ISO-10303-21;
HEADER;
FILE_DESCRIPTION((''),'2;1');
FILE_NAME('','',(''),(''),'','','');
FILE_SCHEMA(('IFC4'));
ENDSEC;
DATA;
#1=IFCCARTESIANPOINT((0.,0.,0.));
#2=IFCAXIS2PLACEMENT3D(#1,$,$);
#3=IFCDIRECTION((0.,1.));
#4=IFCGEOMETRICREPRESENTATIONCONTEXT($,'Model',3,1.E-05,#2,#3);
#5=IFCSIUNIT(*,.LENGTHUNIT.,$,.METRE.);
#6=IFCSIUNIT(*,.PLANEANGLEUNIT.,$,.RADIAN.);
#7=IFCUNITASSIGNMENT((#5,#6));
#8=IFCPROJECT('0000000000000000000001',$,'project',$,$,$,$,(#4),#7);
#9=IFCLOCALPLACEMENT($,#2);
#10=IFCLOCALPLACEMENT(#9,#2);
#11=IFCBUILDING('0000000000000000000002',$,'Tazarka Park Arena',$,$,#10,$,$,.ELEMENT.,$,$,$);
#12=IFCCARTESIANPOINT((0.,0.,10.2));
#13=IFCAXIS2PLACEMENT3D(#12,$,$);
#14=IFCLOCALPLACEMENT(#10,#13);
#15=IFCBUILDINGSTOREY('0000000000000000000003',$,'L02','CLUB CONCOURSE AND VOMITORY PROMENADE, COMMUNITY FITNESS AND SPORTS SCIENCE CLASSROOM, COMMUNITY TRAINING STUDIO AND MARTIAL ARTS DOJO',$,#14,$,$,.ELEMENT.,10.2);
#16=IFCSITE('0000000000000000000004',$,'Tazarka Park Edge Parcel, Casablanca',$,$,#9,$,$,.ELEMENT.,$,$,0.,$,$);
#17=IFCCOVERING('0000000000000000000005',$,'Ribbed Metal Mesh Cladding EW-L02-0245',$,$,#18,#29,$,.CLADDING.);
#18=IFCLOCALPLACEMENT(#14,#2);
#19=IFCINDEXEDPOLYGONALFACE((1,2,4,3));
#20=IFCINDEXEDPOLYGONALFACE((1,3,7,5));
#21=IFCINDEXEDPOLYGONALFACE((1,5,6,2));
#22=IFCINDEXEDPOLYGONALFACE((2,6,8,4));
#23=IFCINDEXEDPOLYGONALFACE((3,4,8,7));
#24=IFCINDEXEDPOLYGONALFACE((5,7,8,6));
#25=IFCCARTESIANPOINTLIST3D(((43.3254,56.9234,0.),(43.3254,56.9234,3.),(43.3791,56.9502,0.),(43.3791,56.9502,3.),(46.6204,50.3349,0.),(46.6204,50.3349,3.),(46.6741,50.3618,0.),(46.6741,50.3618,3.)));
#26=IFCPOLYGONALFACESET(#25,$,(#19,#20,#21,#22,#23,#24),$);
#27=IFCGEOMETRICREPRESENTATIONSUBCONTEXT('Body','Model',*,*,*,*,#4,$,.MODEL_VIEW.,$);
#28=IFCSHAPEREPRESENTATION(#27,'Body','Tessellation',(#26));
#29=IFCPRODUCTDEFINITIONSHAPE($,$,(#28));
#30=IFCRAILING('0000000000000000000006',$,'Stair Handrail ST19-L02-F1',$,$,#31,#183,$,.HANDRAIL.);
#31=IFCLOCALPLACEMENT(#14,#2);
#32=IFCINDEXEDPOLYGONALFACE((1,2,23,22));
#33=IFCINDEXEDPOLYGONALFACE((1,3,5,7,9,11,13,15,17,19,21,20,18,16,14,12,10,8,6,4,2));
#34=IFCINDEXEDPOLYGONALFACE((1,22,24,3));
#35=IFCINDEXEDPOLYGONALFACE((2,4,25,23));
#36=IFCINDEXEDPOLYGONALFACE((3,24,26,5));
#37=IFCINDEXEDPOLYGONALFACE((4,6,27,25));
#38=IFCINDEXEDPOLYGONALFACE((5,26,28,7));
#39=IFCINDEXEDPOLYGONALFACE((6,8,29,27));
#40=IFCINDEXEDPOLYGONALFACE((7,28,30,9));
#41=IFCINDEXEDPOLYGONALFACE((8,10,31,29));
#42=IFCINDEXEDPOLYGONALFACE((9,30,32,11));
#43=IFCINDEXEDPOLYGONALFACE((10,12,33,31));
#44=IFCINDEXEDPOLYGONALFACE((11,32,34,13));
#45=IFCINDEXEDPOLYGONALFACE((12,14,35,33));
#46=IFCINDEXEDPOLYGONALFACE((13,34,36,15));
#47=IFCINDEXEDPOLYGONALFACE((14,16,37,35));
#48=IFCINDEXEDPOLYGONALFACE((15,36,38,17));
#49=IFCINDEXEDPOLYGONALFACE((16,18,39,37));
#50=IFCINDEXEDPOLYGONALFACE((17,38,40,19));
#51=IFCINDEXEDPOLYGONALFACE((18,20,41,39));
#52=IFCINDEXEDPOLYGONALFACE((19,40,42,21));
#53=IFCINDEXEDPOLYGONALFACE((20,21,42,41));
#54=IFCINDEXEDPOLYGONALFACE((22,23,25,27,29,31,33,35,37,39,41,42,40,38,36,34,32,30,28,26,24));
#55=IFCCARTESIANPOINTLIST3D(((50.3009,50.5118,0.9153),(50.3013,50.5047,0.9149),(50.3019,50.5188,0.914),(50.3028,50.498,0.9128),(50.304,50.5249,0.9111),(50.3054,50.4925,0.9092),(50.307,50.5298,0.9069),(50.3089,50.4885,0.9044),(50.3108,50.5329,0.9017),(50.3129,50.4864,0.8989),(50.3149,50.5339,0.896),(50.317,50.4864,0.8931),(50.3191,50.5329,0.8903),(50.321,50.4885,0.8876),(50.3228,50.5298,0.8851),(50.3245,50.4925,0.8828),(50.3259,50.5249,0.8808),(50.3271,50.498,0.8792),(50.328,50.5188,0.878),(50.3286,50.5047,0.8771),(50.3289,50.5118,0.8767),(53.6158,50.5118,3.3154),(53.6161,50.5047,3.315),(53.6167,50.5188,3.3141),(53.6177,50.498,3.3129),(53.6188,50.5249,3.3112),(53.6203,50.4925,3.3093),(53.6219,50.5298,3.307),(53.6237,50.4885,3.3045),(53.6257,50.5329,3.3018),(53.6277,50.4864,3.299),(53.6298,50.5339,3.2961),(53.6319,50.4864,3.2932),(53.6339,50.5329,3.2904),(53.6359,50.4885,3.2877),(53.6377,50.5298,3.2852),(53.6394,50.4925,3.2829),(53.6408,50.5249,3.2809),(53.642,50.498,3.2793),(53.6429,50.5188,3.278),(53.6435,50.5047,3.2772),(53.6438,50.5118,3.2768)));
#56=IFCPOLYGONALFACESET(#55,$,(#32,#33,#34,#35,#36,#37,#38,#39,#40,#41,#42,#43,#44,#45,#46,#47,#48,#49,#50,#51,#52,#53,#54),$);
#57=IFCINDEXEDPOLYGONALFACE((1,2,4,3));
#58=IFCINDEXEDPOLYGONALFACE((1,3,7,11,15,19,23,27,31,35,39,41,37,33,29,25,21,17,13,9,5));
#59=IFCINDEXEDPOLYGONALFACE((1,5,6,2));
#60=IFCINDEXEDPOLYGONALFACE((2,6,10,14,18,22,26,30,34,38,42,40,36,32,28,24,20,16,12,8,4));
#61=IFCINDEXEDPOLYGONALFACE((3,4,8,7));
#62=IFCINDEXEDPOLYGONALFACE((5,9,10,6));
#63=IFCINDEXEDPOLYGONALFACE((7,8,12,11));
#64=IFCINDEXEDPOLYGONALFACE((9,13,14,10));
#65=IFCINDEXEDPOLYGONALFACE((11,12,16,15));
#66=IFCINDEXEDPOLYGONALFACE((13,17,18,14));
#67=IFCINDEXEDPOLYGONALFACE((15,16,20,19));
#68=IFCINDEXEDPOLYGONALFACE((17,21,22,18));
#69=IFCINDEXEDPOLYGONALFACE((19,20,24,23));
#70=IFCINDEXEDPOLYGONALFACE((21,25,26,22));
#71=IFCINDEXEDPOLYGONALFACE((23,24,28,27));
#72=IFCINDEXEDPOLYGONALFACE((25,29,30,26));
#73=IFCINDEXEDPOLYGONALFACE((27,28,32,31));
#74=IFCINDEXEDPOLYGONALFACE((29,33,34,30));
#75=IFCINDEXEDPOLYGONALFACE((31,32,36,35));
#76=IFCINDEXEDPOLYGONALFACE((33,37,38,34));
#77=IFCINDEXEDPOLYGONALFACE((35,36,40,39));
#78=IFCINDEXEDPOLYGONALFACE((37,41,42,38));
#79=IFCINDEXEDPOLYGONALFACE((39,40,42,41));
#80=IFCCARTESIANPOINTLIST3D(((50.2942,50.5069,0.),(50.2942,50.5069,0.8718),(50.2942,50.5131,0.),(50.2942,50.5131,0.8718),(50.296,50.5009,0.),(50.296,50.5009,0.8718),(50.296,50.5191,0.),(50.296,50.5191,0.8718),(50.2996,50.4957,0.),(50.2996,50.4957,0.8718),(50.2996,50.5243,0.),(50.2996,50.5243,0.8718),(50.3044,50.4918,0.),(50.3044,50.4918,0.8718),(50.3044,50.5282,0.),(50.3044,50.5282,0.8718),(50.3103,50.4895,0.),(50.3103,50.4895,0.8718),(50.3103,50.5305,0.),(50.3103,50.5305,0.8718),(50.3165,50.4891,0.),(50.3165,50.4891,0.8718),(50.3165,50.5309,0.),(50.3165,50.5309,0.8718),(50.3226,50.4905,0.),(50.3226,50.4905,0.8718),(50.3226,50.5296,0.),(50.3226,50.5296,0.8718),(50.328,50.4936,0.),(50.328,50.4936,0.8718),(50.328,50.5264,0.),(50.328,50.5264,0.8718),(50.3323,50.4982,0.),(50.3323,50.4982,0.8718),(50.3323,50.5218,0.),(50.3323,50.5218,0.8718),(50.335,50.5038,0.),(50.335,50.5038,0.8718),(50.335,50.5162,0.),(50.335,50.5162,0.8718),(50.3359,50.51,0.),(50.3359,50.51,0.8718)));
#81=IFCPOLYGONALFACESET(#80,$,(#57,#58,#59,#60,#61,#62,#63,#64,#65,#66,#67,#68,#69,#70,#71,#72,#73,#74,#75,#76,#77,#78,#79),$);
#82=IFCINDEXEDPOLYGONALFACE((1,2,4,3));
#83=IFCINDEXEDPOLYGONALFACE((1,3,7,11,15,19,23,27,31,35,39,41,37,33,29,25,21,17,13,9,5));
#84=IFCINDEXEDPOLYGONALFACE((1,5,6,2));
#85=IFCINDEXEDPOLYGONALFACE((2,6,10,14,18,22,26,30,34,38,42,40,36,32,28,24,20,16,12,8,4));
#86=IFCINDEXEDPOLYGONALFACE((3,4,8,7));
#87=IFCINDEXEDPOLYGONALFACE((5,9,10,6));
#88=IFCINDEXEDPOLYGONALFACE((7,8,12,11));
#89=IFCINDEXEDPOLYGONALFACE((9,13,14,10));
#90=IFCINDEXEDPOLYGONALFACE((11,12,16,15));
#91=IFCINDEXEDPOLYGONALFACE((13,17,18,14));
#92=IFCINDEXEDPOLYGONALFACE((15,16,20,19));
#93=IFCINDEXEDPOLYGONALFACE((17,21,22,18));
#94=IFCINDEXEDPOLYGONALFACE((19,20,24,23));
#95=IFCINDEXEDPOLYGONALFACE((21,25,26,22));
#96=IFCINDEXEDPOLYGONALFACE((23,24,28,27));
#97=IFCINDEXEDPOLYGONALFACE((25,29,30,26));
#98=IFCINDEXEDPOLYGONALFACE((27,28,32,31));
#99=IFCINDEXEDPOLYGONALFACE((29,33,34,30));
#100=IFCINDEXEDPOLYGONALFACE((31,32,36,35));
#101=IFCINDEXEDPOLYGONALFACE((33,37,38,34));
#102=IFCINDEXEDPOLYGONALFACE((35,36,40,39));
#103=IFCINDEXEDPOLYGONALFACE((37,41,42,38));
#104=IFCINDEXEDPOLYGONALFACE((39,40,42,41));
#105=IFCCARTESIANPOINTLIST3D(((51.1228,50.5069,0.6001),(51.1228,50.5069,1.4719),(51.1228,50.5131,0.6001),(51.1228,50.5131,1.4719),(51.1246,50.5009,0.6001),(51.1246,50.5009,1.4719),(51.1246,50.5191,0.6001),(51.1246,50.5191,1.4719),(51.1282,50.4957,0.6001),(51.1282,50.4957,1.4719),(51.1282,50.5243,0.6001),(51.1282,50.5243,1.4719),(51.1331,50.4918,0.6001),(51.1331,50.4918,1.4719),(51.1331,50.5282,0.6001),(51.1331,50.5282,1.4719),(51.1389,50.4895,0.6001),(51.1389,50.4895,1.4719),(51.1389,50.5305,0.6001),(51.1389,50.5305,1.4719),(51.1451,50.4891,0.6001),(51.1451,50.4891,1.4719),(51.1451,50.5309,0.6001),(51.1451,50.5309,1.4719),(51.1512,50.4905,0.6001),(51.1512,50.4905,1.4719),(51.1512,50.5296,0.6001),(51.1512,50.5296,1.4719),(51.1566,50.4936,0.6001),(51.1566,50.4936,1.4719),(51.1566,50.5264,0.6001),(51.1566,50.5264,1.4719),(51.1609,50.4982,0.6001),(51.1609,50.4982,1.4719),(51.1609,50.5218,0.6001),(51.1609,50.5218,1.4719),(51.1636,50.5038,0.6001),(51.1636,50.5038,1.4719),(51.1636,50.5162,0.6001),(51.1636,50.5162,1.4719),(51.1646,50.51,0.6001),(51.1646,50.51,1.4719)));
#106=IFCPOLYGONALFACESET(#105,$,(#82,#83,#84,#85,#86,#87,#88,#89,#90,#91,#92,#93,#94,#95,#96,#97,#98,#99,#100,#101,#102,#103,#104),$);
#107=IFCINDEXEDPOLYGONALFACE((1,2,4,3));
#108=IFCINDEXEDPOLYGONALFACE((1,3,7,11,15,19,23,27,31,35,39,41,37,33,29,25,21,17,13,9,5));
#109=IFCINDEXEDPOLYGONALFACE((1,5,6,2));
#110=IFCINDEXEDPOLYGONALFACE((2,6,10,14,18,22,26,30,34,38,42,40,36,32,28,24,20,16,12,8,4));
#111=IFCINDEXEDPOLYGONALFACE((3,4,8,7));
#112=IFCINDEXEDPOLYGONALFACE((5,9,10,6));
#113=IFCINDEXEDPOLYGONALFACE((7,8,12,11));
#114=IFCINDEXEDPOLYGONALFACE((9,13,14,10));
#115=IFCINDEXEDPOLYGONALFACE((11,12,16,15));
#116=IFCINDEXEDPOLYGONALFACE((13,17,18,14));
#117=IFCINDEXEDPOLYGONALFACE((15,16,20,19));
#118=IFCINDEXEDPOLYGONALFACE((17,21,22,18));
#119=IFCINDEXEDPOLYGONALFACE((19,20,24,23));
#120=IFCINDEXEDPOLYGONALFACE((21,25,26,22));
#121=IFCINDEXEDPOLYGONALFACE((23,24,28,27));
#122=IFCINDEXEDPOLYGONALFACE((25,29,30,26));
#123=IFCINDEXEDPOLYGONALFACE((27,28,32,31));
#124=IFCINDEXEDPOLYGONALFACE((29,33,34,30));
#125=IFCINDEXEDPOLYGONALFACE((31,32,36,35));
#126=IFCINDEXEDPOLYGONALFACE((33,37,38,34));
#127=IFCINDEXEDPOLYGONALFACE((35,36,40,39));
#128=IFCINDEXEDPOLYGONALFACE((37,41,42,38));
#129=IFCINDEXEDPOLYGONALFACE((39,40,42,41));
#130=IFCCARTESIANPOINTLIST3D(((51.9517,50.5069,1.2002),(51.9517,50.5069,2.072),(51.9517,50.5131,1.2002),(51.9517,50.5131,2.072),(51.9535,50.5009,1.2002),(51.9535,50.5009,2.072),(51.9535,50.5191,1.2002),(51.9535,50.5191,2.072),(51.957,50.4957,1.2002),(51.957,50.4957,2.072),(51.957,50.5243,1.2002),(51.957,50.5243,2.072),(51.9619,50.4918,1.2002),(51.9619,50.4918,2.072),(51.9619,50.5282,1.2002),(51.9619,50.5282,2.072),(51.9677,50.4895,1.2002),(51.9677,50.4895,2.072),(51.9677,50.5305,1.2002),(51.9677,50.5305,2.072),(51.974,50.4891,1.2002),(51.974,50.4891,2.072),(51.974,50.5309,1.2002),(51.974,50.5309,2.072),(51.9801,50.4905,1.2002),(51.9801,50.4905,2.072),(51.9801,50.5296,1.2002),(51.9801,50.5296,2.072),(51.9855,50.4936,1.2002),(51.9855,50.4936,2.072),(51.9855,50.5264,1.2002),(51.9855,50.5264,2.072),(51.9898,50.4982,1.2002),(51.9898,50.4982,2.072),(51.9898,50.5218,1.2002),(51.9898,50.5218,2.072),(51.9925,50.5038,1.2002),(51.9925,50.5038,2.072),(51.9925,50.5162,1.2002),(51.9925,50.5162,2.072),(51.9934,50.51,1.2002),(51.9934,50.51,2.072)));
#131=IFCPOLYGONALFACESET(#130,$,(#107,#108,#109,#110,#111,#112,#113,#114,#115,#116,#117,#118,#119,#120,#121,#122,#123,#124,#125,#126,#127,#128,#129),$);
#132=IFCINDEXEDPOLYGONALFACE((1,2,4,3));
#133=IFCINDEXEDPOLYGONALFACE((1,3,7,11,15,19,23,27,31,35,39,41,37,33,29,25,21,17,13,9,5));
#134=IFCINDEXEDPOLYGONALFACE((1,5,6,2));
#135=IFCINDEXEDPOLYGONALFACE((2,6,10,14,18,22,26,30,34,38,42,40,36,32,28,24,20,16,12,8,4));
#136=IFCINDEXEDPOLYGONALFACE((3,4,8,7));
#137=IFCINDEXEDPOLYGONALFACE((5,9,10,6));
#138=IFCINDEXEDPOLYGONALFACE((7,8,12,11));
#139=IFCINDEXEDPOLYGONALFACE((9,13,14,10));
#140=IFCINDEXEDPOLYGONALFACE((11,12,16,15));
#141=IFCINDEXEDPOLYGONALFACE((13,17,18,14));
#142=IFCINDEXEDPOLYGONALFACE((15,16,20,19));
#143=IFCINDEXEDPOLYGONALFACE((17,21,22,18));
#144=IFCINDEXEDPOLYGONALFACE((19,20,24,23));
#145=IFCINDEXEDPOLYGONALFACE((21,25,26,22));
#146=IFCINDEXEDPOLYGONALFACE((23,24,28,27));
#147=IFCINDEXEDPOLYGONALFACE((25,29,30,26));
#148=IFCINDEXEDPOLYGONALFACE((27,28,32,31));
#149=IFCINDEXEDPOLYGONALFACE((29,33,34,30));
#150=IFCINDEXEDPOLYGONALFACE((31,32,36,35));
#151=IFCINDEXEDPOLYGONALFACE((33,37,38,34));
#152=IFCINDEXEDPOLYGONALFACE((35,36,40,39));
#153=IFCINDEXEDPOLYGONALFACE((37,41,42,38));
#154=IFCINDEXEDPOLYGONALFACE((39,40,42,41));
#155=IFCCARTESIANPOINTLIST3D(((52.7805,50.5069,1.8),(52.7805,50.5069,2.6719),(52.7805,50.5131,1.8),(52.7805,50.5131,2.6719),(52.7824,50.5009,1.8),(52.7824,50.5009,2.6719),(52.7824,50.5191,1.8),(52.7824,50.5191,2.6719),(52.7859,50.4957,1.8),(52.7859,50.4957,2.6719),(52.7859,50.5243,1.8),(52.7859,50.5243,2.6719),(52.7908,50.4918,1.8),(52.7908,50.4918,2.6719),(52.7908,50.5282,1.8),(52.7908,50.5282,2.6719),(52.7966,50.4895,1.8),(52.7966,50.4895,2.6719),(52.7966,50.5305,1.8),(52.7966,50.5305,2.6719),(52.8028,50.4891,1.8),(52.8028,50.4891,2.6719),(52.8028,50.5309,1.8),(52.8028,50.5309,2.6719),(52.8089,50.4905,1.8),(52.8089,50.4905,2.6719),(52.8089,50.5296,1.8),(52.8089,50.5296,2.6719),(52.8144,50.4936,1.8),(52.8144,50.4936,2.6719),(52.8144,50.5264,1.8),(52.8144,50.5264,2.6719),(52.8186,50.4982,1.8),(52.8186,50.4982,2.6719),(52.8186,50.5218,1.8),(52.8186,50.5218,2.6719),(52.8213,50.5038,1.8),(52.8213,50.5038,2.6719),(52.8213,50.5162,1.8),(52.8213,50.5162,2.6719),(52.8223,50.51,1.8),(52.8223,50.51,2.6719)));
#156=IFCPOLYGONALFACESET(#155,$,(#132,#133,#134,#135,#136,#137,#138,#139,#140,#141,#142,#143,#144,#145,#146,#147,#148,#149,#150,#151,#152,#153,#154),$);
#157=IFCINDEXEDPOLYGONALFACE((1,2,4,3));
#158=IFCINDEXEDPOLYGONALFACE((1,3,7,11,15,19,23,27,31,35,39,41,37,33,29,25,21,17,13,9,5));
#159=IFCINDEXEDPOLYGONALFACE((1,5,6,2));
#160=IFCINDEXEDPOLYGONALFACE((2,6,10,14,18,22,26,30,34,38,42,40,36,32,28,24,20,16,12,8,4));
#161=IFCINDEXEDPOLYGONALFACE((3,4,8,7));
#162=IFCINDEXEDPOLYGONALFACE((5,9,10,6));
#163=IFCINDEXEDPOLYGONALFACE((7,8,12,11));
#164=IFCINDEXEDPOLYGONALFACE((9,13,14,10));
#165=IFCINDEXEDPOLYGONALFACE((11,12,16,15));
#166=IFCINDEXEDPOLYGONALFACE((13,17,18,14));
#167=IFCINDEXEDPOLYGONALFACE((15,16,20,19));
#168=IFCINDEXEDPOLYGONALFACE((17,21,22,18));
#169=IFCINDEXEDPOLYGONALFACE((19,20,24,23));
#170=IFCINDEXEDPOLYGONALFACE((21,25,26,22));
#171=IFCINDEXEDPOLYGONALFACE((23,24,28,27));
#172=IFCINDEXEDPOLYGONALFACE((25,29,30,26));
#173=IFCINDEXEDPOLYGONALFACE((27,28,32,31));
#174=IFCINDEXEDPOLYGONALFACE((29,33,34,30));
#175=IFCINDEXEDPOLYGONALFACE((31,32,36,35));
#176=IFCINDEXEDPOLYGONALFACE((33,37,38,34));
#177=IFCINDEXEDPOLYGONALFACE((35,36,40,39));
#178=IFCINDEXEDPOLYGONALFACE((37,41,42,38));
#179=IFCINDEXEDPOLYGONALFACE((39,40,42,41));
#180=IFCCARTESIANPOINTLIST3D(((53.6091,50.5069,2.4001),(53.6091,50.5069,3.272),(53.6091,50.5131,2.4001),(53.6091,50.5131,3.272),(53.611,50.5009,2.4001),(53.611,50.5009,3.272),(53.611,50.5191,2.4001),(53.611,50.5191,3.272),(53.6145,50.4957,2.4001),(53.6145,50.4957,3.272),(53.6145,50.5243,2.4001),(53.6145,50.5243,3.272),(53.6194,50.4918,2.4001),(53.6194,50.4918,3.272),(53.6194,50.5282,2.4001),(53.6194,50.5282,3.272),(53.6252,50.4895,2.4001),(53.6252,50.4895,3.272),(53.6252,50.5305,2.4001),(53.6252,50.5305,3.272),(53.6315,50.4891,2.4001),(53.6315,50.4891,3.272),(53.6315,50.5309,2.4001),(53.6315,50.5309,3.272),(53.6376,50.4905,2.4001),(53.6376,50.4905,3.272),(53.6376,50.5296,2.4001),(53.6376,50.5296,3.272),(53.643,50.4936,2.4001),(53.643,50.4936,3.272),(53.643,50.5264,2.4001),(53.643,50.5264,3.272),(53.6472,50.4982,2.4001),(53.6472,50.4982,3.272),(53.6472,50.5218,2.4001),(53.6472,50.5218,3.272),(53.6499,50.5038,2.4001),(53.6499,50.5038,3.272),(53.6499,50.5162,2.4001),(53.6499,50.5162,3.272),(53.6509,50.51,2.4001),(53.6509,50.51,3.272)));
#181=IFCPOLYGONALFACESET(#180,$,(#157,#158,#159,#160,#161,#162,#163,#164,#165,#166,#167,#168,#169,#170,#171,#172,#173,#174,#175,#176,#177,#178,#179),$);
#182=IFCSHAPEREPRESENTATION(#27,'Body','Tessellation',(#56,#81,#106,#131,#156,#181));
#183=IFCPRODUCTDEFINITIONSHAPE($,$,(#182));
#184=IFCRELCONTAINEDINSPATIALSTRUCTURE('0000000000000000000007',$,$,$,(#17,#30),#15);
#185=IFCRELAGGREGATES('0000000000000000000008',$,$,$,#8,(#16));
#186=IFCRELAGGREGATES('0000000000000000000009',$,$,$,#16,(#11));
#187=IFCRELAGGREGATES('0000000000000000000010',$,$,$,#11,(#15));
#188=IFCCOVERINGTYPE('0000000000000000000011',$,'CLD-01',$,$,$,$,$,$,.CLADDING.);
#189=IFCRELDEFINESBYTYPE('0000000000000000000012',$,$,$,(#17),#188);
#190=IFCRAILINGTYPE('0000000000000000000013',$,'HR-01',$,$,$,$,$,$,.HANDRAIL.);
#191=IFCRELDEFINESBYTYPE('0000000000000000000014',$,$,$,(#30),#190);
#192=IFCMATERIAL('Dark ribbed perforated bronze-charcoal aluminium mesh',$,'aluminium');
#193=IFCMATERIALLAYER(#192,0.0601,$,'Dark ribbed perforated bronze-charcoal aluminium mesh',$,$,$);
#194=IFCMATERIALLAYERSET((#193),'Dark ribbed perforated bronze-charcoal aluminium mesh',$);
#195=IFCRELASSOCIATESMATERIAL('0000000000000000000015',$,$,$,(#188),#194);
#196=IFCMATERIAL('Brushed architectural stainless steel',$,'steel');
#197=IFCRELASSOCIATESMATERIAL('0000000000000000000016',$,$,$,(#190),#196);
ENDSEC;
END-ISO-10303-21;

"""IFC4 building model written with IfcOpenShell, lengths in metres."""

from ifc_helpers import new_model, si_unit, direction, frame, origin, origin_2d, place, context, subcontext, project, spatial, rectangle, circle, extrude, material, layer, layer_set, type_object, element, save


model = new_model("IFC4")

# Units and contexts
model_context = context("Model", 3, precision=1e-05, world=origin(), true_north=direction((0.0, 1.0)))
body_context = subcontext(model_context, "Body", "Model", "MODEL_VIEW")
ifc_project = project(units=[si_unit("LENGTHUNIT", "METRE"), si_unit("PLANEANGLEUNIT", "RADIAN")], contexts=[model_context])

# Site, building, storey
site_placement = place(None, origin())
site = spatial("IfcSite", under=ifc_project, at=site_placement, Name="Tazarka Park Edge Parcel, Casablanca", CompositionType="ELEMENT", RefElevation=0.0)
building_placement = place(site_placement, origin())
building = spatial("IfcBuilding", under=site, at=building_placement, Name="Tazarka Park Arena", CompositionType="ELEMENT")
storey_placement = place(building_placement, frame((0.0, 0.0, 10.2)))
storey = spatial("IfcBuildingStorey", under=building, at=storey_placement, Name="L02", Description="CLUB CONCOURSE AND VOMITORY PROMENADE, COMMUNITY FITNESS AND SPORTS SCIENCE CLASSROOM, COMMUNITY TRAINING STUDIO AND MARTIAL ARTS DOJO", CompositionType="ELEMENT", Elevation=10.2)

# Covering
ifc_material_1 = material(Name="Dark ribbed perforated bronze-charcoal aluminium mesh", Category="aluminium")
ifc_layer_1 = layer(ifc_material_1, 0.0601, Name="Dark ribbed perforated bronze-charcoal aluminium mesh")
ifc_layer_set_1 = layer_set([ifc_layer_1], Name="Dark ribbed perforated bronze-charcoal aluminium mesh")
covering_type = type_object("IfcCoveringType", Name="CLD-01", PredefinedType="CLADDING", material=ifc_layer_set_1)
covering_1_placement = place(storey_placement, frame((44.9998, 53.6426, 0.0), z_axis=(0.0, 0.0, 1.0), x_axis=(-0.447291, 0.894389, 0.0)))
element("IfcCovering", 1, at=covering_1_placement, inside=storey, type_object=covering_type, Name="Ribbed Metal Mesh Cladding EW-L02-0245", PredefinedType="CLADDING", context=body_context, shape_type="SweptSolid", body=[
    extrude(rectangle(XDim=7.3665, YDim=0.0601, at=origin_2d()), origin(), (0.0, 0.0, 1.0), 3.0),
])

# Railing
ifc_material_2 = material(Name="Brushed architectural stainless steel", Category="steel")
railing_type_1 = type_object("IfcRailingType", Name="HR-01", PredefinedType="HANDRAIL", material=ifc_material_2)
railing_1_placement = place(storey_placement, frame((50.3149, 50.51, 0.0)))
element("IfcRailing", 2, at=railing_1_placement, inside=storey, type_object=railing_type_1, Name="Stair Handrail ST19-L02-F1", PredefinedType="HANDRAIL", context=body_context, shape_type="SweptSolid", body=[
    extrude(circle(Radius=0.0239, at=origin_2d()), frame((0.0, 0.0, 0.896), z_axis=(0.80998, 0.0, 0.586457), x_axis=(0.0, 1.0, 0.0)), (0.0, 0.0, 1.0), 4.0925),
    extrude(circle(Radius=0.021, at=origin_2d()), origin(), (0.0, 0.0, 1.0), 0.8718),
    extrude(circle(Radius=0.021, at=origin_2d()), frame((0.8286, 0.0, 0.6001)), (0.0, 0.0, 1.0), 0.8718),
    extrude(circle(Radius=0.021, at=origin_2d()), frame((1.6575, 0.0, 1.2002)), (0.0, 0.0, 1.0), 0.8718),
    extrude(circle(Radius=0.021, at=origin_2d()), frame((2.4863, 0.0, 1.8)), (0.0, 0.0, 1.0), 0.8718),
    extrude(circle(Radius=0.021, at=origin_2d()), frame((3.3149, 0.0, 2.4001)), (0.0, 0.0, 1.0), 0.8718),
])

save(model, "model.ifc")
